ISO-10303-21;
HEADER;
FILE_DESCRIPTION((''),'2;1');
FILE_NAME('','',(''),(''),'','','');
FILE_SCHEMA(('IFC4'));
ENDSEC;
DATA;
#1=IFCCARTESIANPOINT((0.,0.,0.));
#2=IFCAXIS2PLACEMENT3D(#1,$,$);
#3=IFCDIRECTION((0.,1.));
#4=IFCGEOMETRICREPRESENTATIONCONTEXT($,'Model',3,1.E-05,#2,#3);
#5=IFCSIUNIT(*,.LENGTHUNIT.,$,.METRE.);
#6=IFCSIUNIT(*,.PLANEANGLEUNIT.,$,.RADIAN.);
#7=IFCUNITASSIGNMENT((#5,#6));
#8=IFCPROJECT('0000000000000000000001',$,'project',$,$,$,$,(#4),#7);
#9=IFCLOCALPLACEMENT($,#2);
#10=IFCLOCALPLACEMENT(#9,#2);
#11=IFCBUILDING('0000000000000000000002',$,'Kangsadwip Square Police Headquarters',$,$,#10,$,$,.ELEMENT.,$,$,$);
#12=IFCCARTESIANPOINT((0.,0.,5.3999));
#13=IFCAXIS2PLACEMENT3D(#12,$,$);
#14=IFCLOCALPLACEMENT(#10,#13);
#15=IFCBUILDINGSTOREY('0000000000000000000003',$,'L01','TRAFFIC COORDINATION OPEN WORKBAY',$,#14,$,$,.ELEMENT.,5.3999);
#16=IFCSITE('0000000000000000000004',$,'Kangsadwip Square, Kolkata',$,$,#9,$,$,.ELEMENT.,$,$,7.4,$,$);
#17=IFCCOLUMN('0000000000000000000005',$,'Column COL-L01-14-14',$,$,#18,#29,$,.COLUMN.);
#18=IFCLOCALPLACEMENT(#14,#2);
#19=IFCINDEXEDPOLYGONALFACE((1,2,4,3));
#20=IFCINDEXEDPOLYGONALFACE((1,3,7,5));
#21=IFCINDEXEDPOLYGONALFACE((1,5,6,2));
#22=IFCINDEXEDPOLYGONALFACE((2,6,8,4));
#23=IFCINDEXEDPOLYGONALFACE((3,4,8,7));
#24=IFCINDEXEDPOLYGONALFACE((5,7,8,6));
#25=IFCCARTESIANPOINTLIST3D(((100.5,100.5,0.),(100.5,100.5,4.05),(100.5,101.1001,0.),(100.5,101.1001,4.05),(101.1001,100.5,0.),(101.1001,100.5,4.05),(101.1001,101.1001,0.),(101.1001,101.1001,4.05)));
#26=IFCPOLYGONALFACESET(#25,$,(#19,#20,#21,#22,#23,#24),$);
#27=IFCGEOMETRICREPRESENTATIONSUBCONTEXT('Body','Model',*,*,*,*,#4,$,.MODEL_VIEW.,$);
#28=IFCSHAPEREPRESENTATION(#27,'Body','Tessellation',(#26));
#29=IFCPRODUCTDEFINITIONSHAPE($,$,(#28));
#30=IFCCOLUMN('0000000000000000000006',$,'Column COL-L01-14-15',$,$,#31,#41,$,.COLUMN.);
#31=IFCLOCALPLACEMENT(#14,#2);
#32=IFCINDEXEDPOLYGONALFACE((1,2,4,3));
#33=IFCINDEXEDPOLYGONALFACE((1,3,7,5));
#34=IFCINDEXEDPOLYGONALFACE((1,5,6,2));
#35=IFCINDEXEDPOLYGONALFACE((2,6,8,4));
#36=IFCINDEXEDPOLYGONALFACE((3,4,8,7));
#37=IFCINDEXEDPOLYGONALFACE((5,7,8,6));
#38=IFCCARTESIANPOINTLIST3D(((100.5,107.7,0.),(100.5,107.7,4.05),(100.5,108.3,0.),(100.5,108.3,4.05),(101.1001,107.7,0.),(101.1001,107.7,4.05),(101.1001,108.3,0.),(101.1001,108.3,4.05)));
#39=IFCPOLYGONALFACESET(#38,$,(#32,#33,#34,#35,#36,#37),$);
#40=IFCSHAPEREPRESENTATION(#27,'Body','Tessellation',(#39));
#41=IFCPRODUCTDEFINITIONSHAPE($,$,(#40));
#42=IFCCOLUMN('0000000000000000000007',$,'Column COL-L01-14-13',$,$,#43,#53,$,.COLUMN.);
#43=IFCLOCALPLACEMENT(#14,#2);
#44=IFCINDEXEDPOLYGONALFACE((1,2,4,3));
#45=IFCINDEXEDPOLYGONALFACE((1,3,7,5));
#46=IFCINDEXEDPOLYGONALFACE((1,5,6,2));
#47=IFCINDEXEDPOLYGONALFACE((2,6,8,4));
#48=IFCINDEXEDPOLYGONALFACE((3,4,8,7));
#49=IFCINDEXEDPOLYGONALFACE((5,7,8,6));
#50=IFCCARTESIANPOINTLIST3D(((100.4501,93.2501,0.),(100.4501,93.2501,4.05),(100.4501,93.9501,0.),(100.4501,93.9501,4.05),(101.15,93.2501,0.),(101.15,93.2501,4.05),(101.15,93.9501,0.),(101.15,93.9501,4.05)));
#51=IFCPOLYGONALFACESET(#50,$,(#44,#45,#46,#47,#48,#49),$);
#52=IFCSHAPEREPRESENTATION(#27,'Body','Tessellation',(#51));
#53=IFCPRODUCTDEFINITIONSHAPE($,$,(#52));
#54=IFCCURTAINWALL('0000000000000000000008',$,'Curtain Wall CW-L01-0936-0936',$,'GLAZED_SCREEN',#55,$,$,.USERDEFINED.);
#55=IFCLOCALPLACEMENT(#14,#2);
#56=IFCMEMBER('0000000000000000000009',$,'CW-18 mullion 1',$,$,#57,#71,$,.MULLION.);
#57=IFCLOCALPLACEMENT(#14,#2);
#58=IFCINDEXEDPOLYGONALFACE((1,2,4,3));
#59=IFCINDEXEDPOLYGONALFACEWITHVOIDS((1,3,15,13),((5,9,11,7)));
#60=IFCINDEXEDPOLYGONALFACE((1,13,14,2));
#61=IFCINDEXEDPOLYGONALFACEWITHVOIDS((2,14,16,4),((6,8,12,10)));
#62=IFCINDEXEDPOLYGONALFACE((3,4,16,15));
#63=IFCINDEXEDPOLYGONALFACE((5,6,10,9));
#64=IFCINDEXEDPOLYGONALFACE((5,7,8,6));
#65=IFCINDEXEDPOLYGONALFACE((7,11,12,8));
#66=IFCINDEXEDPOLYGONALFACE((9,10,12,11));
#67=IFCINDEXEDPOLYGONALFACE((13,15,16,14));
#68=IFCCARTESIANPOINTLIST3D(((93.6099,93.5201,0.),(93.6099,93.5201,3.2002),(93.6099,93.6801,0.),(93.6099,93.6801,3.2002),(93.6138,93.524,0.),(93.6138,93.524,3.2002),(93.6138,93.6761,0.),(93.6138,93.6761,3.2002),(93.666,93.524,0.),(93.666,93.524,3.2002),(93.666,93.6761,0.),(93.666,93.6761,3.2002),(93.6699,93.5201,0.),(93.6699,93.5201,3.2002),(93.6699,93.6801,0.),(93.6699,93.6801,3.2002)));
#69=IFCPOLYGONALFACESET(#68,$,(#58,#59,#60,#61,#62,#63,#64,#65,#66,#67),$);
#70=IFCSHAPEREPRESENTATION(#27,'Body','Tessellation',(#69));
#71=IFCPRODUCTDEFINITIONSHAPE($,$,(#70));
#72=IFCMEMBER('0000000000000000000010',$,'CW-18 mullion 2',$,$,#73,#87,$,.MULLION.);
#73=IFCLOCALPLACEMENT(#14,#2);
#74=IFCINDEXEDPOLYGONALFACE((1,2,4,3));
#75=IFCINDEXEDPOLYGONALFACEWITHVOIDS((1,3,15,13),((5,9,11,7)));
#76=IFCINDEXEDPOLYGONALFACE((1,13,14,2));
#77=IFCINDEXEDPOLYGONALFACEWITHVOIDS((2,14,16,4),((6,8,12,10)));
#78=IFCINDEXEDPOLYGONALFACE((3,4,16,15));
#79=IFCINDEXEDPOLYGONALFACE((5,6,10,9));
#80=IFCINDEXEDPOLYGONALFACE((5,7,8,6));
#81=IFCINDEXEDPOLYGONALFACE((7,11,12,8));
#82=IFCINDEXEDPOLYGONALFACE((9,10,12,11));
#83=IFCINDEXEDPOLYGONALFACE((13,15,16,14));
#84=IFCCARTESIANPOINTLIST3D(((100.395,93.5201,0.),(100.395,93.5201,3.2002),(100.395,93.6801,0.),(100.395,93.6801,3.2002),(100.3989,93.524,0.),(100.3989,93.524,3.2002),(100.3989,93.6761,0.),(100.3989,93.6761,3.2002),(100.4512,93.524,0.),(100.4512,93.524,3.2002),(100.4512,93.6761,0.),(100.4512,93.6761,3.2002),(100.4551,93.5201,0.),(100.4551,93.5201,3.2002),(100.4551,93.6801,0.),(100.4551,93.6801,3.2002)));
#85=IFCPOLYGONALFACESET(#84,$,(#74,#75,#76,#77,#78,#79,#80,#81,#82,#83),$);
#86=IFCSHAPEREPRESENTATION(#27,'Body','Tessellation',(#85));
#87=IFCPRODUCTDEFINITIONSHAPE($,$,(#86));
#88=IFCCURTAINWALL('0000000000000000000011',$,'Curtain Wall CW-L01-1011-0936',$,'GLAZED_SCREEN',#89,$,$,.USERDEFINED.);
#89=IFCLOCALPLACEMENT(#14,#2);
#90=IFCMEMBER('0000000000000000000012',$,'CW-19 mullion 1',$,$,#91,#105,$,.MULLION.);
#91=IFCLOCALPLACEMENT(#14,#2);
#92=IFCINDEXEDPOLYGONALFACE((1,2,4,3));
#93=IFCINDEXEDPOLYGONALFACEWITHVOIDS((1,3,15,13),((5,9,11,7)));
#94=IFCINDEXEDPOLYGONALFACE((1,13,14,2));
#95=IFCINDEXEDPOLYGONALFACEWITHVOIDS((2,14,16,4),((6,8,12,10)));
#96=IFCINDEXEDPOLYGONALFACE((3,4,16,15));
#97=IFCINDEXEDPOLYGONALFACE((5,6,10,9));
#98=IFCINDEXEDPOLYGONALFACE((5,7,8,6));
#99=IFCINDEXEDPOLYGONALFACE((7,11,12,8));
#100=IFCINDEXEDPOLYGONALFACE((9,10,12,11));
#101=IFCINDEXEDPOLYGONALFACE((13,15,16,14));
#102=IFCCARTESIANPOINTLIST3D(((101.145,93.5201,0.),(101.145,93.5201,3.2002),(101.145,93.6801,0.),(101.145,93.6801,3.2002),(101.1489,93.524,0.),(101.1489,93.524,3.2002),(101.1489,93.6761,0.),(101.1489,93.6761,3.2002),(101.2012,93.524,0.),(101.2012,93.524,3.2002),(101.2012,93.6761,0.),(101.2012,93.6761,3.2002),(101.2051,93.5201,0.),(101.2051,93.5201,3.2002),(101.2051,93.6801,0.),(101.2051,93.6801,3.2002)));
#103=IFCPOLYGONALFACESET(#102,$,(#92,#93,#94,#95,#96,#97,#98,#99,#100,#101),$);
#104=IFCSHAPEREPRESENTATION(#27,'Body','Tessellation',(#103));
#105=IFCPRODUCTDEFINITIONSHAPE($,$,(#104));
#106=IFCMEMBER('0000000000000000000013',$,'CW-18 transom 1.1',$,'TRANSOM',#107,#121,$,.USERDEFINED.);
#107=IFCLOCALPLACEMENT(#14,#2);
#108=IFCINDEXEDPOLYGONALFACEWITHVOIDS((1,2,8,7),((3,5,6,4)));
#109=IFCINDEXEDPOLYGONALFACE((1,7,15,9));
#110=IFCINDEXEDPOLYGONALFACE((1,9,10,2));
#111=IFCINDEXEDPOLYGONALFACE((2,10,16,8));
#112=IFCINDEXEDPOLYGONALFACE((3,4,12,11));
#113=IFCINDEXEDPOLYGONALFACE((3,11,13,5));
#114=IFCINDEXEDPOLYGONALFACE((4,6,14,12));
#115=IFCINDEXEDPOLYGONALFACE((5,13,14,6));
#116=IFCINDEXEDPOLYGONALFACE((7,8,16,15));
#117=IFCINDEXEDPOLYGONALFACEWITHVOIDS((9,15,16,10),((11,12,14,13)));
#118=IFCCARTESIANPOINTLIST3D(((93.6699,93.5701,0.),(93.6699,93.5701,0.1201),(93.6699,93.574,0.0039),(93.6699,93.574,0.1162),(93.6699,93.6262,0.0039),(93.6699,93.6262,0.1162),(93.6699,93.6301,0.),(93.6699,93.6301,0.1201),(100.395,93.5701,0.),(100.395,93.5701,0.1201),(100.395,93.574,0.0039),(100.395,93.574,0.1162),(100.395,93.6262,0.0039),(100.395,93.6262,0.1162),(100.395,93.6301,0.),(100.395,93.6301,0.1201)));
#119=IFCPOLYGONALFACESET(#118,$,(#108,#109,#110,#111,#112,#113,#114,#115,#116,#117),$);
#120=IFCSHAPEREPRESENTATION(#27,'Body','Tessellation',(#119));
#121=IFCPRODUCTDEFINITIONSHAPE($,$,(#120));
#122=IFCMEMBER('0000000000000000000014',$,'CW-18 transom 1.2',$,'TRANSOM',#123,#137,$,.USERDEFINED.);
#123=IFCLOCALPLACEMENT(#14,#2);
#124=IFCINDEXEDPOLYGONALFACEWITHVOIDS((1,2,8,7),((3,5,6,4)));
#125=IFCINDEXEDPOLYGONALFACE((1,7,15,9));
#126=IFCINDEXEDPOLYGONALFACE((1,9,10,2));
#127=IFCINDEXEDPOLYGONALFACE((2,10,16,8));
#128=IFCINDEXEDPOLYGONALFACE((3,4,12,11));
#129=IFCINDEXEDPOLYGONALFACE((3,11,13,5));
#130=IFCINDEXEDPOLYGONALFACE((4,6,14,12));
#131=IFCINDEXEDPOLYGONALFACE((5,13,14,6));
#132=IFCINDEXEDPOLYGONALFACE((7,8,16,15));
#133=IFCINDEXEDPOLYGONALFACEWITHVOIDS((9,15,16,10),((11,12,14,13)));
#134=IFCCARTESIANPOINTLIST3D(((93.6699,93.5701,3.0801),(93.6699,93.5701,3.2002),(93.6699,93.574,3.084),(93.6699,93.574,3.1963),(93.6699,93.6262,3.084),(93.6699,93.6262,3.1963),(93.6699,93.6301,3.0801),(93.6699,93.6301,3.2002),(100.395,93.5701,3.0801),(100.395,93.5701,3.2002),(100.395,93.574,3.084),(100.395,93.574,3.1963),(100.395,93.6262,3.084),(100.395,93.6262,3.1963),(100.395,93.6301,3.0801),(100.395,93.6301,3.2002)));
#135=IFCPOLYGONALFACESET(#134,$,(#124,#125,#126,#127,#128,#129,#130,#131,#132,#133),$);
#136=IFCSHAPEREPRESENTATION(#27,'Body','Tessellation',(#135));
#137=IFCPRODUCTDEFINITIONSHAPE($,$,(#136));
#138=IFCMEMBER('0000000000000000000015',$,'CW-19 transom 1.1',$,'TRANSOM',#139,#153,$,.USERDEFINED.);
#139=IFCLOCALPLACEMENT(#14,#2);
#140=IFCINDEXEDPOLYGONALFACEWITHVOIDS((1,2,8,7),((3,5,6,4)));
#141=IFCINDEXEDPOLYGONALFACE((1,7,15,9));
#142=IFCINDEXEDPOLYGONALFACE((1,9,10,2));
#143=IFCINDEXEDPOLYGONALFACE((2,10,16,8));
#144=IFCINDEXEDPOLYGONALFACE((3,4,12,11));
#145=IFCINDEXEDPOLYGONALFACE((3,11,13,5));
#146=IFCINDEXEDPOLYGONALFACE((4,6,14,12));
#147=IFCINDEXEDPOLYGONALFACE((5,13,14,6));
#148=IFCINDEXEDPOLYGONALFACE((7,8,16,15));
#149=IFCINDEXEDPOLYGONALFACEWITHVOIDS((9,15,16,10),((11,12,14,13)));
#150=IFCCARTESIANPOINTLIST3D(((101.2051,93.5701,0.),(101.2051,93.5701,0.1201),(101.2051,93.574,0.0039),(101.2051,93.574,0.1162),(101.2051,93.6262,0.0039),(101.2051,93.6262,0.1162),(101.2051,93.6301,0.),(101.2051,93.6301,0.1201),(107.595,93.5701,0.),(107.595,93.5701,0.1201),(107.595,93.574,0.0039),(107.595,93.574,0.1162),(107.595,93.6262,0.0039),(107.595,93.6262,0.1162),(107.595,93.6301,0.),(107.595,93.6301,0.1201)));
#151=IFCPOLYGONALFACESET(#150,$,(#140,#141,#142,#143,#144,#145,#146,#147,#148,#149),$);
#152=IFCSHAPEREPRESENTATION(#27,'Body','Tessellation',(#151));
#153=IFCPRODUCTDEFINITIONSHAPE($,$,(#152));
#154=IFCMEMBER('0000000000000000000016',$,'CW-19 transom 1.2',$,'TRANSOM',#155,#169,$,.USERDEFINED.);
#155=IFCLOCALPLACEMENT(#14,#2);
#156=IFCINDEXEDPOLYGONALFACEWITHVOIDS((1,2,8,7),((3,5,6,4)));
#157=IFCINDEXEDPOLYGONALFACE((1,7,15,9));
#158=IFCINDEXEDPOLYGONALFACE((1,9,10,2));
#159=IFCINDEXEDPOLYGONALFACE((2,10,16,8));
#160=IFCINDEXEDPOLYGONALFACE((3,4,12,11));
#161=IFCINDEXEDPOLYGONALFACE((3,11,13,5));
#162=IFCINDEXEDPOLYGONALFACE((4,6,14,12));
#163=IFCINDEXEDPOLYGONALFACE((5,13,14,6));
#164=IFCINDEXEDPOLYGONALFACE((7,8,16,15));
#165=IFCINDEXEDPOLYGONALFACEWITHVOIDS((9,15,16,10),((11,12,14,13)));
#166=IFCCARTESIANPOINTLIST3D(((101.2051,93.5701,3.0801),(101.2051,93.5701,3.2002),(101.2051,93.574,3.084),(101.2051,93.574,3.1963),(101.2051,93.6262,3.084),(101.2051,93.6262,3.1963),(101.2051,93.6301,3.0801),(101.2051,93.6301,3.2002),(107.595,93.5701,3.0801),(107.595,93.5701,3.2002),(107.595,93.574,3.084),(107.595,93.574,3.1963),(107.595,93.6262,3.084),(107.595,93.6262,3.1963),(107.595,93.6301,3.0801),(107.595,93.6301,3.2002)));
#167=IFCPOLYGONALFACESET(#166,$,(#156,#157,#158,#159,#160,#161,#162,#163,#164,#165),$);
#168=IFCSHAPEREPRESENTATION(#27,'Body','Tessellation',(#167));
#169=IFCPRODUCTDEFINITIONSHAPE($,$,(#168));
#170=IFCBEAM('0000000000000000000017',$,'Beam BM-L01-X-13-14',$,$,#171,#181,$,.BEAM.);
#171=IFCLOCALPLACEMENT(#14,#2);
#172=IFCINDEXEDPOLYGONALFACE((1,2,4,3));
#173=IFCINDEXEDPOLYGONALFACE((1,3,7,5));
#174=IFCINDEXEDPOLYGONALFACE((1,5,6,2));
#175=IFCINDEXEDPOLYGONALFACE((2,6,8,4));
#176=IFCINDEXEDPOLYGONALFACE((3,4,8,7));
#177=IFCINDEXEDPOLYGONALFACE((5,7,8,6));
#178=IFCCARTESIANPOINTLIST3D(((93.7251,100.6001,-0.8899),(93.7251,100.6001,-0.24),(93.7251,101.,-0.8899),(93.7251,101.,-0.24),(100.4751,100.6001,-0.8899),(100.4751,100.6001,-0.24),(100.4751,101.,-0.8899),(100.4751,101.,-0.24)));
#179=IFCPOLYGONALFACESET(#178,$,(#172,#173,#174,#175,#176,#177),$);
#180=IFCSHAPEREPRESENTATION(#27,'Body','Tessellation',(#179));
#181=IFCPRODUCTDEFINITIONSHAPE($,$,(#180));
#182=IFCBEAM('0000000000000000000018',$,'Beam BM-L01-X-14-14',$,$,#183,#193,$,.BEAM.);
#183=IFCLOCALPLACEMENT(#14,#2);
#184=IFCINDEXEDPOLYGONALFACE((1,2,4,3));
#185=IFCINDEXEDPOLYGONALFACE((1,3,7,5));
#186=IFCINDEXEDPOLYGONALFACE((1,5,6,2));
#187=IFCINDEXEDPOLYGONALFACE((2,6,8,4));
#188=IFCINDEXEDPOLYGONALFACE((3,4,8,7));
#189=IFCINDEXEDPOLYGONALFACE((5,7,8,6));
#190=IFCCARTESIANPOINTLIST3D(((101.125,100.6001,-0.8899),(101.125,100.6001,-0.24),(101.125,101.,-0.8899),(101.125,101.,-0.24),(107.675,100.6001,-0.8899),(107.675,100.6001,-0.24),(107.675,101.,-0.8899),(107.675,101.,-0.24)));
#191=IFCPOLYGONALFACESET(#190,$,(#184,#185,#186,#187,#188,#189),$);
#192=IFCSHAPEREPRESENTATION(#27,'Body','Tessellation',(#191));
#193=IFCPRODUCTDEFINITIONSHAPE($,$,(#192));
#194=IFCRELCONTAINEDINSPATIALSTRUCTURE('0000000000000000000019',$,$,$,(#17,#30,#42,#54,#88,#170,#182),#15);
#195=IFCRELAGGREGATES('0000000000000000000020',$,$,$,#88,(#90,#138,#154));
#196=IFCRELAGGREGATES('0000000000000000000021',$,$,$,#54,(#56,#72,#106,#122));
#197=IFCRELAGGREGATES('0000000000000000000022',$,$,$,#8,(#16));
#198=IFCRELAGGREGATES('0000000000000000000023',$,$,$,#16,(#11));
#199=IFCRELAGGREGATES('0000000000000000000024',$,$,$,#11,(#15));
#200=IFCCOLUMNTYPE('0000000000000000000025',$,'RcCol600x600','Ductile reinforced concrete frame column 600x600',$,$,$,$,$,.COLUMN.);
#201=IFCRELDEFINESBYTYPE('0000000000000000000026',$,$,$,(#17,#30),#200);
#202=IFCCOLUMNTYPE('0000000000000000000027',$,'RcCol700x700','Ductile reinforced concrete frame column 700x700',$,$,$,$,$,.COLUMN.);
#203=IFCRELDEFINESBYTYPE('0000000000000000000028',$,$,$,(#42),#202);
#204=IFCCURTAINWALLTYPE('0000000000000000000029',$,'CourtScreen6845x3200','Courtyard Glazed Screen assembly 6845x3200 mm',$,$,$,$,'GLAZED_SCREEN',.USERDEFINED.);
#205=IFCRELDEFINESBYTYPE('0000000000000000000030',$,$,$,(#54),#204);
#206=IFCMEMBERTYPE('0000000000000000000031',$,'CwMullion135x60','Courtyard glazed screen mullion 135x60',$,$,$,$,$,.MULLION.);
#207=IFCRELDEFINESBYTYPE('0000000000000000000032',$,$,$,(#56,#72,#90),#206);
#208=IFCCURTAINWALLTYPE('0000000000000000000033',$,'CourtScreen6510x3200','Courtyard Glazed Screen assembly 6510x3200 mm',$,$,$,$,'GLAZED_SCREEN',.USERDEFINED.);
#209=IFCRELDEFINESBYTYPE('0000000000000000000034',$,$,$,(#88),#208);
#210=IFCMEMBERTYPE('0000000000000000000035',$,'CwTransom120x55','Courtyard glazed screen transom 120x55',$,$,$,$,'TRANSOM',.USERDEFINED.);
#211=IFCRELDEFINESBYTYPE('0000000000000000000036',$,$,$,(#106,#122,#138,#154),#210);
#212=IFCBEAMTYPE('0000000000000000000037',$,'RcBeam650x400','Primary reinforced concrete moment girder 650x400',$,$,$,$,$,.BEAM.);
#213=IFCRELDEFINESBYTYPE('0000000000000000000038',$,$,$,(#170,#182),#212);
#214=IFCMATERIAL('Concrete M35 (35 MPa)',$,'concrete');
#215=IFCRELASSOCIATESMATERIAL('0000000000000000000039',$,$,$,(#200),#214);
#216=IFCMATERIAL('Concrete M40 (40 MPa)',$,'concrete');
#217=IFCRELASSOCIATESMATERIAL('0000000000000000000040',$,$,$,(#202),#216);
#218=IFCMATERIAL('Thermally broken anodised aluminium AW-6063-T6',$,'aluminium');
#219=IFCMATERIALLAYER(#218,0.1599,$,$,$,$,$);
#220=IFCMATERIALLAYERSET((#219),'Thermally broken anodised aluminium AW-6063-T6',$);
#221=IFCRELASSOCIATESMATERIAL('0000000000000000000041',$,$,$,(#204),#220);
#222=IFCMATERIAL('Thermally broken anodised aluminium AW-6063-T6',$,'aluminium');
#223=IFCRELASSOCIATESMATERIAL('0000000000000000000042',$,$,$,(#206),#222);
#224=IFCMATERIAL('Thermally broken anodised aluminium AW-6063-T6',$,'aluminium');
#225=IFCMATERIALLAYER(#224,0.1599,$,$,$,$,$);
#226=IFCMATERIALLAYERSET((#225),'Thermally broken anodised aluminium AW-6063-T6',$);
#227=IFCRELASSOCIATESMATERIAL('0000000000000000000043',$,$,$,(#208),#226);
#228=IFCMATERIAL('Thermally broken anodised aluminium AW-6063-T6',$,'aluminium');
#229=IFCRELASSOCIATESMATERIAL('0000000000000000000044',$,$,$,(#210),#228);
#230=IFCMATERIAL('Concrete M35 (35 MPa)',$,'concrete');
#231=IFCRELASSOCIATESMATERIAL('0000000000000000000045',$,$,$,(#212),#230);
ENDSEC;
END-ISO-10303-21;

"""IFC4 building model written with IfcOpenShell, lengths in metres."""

from ifc_helpers import new_model, si_unit, direction, frame, origin, origin_2d, place, context, subcontext, project, spatial, rectangle, hollow_rectangle, extrude, material, layer, layer_set, material_profile, profile_set, type_object, element, aggregate, save


model = new_model("IFC4")

# Units and contexts
model_context = context("Model", 3, precision=1e-05, world=origin(), true_north=direction((0.0, 1.0)))
body_context = subcontext(model_context, "Body", "Model", "MODEL_VIEW")
ifc_project = project(units=[si_unit("LENGTHUNIT", "METRE"), si_unit("PLANEANGLEUNIT", "RADIAN")], contexts=[model_context])

# Site, building, storey
site_placement = place(None, origin())
site = spatial("IfcSite", under=ifc_project, at=site_placement, Name="Kangsadwip Square, Kolkata", CompositionType="ELEMENT", RefElevation=7.4)
building_placement = place(site_placement, origin())
building = spatial("IfcBuilding", under=site, at=building_placement, Name="Kangsadwip Square Police Headquarters", CompositionType="ELEMENT")
storey_placement = place(building_placement, frame((0.0, 0.0, 5.3999)))
storey = spatial("IfcBuildingStorey", under=building, at=storey_placement, Name="L01", Description="TRAFFIC COORDINATION OPEN WORKBAY", CompositionType="ELEMENT", Elevation=5.3999)

# Columns
ifc_material_1 = material(Name="Concrete M35 (35 MPa)", Category="concrete")
ifc_material_profile_1 = material_profile(ifc_material_1, rectangle(XDim=0.6001, YDim=0.6001, at=origin_2d()), Name="RC COL 600X600")
ifc_profile_set_1 = profile_set([ifc_material_profile_1], Name="Concrete M35 (35 MPa)")
column_type_1 = type_object("IfcColumnType", Name="RcCol600x600", Description="Ductile reinforced concrete frame column 600x600", PredefinedType="COLUMN", material=ifc_profile_set_1)
for number, where, z_axis, x_axis, name in (
    (1, (100.8, 100.8, 0.0), (0.0, 0.0, 1.0), (1.0, 0.0, 0.0), "Column COL-L01-14-14"),
    (2, (100.8, 108.0, 0.0), (0.0, 0.0, 1.0), (1.0, 0.0, 0.0), "Column COL-L01-14-15"),
):
    element("IfcColumn", number, at=place(storey_placement, frame(where, z_axis=z_axis, x_axis=x_axis)), inside=storey, type_object=column_type_1, Name=name, PredefinedType="COLUMN", context=body_context, shape_type="SweptSolid", body=[
        extrude(rectangle(XDim=0.6001, YDim=0.6001, at=origin_2d()), origin(), (0.0, 0.0, 1.0), 4.05),
    ])
ifc_material_2 = material(Name="Concrete M40 (40 MPa)", Category="concrete")
ifc_material_profile_2 = material_profile(ifc_material_2, rectangle(XDim=0.7, YDim=0.7, at=origin_2d()), Name="RC COL 700X700")
ifc_profile_set_2 = profile_set([ifc_material_profile_2], Name="Concrete M40 (40 MPa)")
column_type_2 = type_object("IfcColumnType", Name="RcCol700x700", Description="Ductile reinforced concrete frame column 700x700", PredefinedType="COLUMN", material=ifc_profile_set_2)
column_placement = place(storey_placement, frame((100.8, 93.6001, 0.0), z_axis=(0.0, 0.0, 1.0), x_axis=(1.0, 0.0, 0.0)))
element("IfcColumn", 3, at=column_placement, inside=storey, type_object=column_type_2, Name="Column COL-L01-14-13", PredefinedType="COLUMN", context=body_context, shape_type="SweptSolid", body=[
    extrude(rectangle(XDim=0.7, YDim=0.7, at=origin_2d()), origin(), (0.0, 0.0, 1.0), 4.05),
])

# Curtain wall, members
ifc_material_3 = material(Name="Thermally broken anodised aluminium AW-6063-T6", Category="aluminium")
ifc_layer_1 = layer(ifc_material_3, 0.1599)
ifc_layer_set_1 = layer_set([ifc_layer_1], Name="Thermally broken anodised aluminium AW-6063-T6")
curtain_wall_type_1 = type_object("IfcCurtainWallType", Name="CourtScreen6845x3200", Description="Courtyard Glazed Screen assembly 6845x3200 mm", ElementType="GLAZED_SCREEN", PredefinedType="USERDEFINED", material=ifc_layer_set_1)
curtain_wall_1_placement = place(storey_placement, origin())
curtain_wall_1 = element("IfcCurtainWall", 4, at=curtain_wall_1_placement, inside=storey, type_object=curtain_wall_type_1, Name="Curtain Wall CW-L01-0936-0936", ObjectType="GLAZED_SCREEN", PredefinedType="USERDEFINED")
ifc_material_4 = material(Name="Thermally broken anodised aluminium AW-6063-T6", Category="aluminium")
ifc_material_profile_3 = material_profile(ifc_material_4, hollow_rectangle(XDim=0.0601, YDim=0.1599, WallThickness=0.0039, at=origin_2d()), Name="CWM 160X60X4")
ifc_profile_set_3 = profile_set([ifc_material_profile_3], Name="Thermally broken anodised aluminium AW-6063-T6")
member_type_1 = type_object("IfcMemberType", Name="CwMullion135x60", Description="Courtyard glazed screen mullion 135x60", PredefinedType="MULLION", material=ifc_profile_set_3)
member_1_placement = place(storey_placement, frame((93.6399, 93.6001, 0.0), z_axis=(0.0, 0.0, 1.0), x_axis=(1.0, 0.0, 0.0)))
member_1 = element("IfcMember", 5, at=member_1_placement, type_object=member_type_1, Name="CW-18 mullion 1", PredefinedType="MULLION", context=body_context, shape_type="SweptSolid", body=[
    extrude(hollow_rectangle(XDim=0.0601, YDim=0.1599, WallThickness=0.0039, at=origin_2d()), origin(), (0.0, 0.0, 1.0), 3.2002),
])
member_2_placement = place(storey_placement, frame((100.425, 93.6001, 0.0), z_axis=(0.0, 0.0, 1.0), x_axis=(1.0, 0.0, 0.0)))
member_2 = element("IfcMember", 6, at=member_2_placement, type_object=member_type_1, Name="CW-18 mullion 2", PredefinedType="MULLION", context=body_context, shape_type="SweptSolid", body=[
    extrude(hollow_rectangle(XDim=0.0601, YDim=0.1599, WallThickness=0.0039, at=origin_2d()), origin(), (0.0, 0.0, 1.0), 3.2002),
])

# Curtain wall, member
ifc_material_5 = material(Name="Thermally broken anodised aluminium AW-6063-T6", Category="aluminium")
ifc_layer_2 = layer(ifc_material_5, 0.1599)
ifc_layer_set_2 = layer_set([ifc_layer_2], Name="Thermally broken anodised aluminium AW-6063-T6")
curtain_wall_type_2 = type_object("IfcCurtainWallType", Name="CourtScreen6510x3200", Description="Courtyard Glazed Screen assembly 6510x3200 mm", ElementType="GLAZED_SCREEN", PredefinedType="USERDEFINED", material=ifc_layer_set_2)
curtain_wall_2_placement = place(storey_placement, origin())
curtain_wall_2 = element("IfcCurtainWall", 7, at=curtain_wall_2_placement, inside=storey, type_object=curtain_wall_type_2, Name="Curtain Wall CW-L01-1011-0936", ObjectType="GLAZED_SCREEN", PredefinedType="USERDEFINED")
member_3_placement = place(storey_placement, frame((101.175, 93.6001, 0.0), z_axis=(0.0, 0.0, 1.0), x_axis=(1.0, 0.0, 0.0)))
member_3 = element("IfcMember", 8, at=member_3_placement, type_object=member_type_1, Name="CW-19 mullion 1", PredefinedType="MULLION", context=body_context, shape_type="SweptSolid", body=[
    extrude(hollow_rectangle(XDim=0.0601, YDim=0.1599, WallThickness=0.0039, at=origin_2d()), origin(), (0.0, 0.0, 1.0), 3.2002),
])

# Members
ifc_material_6 = material(Name="Thermally broken anodised aluminium AW-6063-T6", Category="aluminium")
ifc_material_profile_4 = material_profile(ifc_material_6, hollow_rectangle(XDim=0.0601, YDim=0.1201, WallThickness=0.0039, at=origin_2d()), Name="CWT 120X60X4")
ifc_profile_set_4 = profile_set([ifc_material_profile_4], Name="Thermally broken anodised aluminium AW-6063-T6")
member_type_2 = type_object("IfcMemberType", Name="CwTransom120x55", Description="Courtyard glazed screen transom 120x55", ElementType="TRANSOM", PredefinedType="USERDEFINED", material=ifc_profile_set_4)
member_4_placement = place(storey_placement, frame((93.6699, 93.6001, 0.0601), z_axis=(1.0, 0.0, 0.0), x_axis=(0.0, 1.0, 0.0)))
member_4 = element("IfcMember", 9, at=member_4_placement, type_object=member_type_2, Name="CW-18 transom 1.1", ObjectType="TRANSOM", PredefinedType="USERDEFINED", context=body_context, shape_type="SweptSolid", body=[
    extrude(hollow_rectangle(XDim=0.0601, YDim=0.1201, WallThickness=0.0039, at=origin_2d()), origin(), (0.0, 0.0, 1.0), 6.7251),
])
member_5_placement = place(storey_placement, frame((93.6699, 93.6001, 3.1401), z_axis=(1.0, 0.0, 0.0), x_axis=(0.0, 1.0, 0.0)))
member_5 = element("IfcMember", 10, at=member_5_placement, type_object=member_type_2, Name="CW-18 transom 1.2", ObjectType="TRANSOM", PredefinedType="USERDEFINED", context=body_context, shape_type="SweptSolid", body=[
    extrude(hollow_rectangle(XDim=0.0601, YDim=0.1201, WallThickness=0.0039, at=origin_2d()), origin(), (0.0, 0.0, 1.0), 6.7251),
])
member_6_placement = place(storey_placement, frame((101.2051, 93.6001, 0.0601), z_axis=(1.0, 0.0, 0.0), x_axis=(0.0, 1.0, 0.0)))
member_6 = element("IfcMember", 11, at=member_6_placement, type_object=member_type_2, Name="CW-19 transom 1.1", ObjectType="TRANSOM", PredefinedType="USERDEFINED", context=body_context, shape_type="SweptSolid", body=[
    extrude(hollow_rectangle(XDim=0.0601, YDim=0.1201, WallThickness=0.0039, at=origin_2d()), origin(), (0.0, 0.0, 1.0), 6.3899),
])
member_7_placement = place(storey_placement, frame((101.2051, 93.6001, 3.1401), z_axis=(1.0, 0.0, 0.0), x_axis=(0.0, 1.0, 0.0)))
member_7 = element("IfcMember", 12, at=member_7_placement, type_object=member_type_2, Name="CW-19 transom 1.2", ObjectType="TRANSOM", PredefinedType="USERDEFINED", context=body_context, shape_type="SweptSolid", body=[
    extrude(hollow_rectangle(XDim=0.0601, YDim=0.1201, WallThickness=0.0039, at=origin_2d()), origin(), (0.0, 0.0, 1.0), 6.3899),
])
aggregate(curtain_wall_2, [member_3, member_6, member_7])

# Beams
ifc_material_7 = material(Name="Concrete M35 (35 MPa)", Category="concrete")
ifc_material_profile_5 = material_profile(ifc_material_7, rectangle(XDim=0.3999, YDim=0.6499, at=origin_2d()), Name="RC BM 650X400")
ifc_profile_set_5 = profile_set([ifc_material_profile_5], Name="Concrete M35 (35 MPa)")
beam_type_1 = type_object("IfcBeamType", Name="RcBeam650x400", Description="Primary reinforced concrete moment girder 650x400", PredefinedType="BEAM", material=ifc_profile_set_5)
beam_1_placement = place(storey_placement, frame((93.7251, 100.8, -0.5649), z_axis=(1.0, 0.0, 0.0), x_axis=(0.0, 1.0, 0.0)))
element("IfcBeam", 13, at=beam_1_placement, inside=storey, type_object=beam_type_1, Name="Beam BM-L01-X-13-14", PredefinedType="BEAM", context=body_context, shape_type="SweptSolid", body=[
    extrude(rectangle(XDim=0.3999, YDim=0.6499, at=origin_2d()), origin(), (0.0, 0.0, 1.0), 6.75),
])
beam_2_placement = place(storey_placement, frame((101.125, 100.8, -0.5649), z_axis=(1.0, 0.0, 0.0), x_axis=(0.0, 1.0, 0.0)))
element("IfcBeam", 14, at=beam_2_placement, inside=storey, type_object=beam_type_1, Name="Beam BM-L01-X-14-14", PredefinedType="BEAM", context=body_context, shape_type="SweptSolid", body=[
    extrude(rectangle(XDim=0.3999, YDim=0.6499, at=origin_2d()), origin(), (0.0, 0.0, 1.0), 6.55),
])

aggregate(curtain_wall_1, [member_1, member_2, member_4, member_5])

save(model, "model.ifc")
